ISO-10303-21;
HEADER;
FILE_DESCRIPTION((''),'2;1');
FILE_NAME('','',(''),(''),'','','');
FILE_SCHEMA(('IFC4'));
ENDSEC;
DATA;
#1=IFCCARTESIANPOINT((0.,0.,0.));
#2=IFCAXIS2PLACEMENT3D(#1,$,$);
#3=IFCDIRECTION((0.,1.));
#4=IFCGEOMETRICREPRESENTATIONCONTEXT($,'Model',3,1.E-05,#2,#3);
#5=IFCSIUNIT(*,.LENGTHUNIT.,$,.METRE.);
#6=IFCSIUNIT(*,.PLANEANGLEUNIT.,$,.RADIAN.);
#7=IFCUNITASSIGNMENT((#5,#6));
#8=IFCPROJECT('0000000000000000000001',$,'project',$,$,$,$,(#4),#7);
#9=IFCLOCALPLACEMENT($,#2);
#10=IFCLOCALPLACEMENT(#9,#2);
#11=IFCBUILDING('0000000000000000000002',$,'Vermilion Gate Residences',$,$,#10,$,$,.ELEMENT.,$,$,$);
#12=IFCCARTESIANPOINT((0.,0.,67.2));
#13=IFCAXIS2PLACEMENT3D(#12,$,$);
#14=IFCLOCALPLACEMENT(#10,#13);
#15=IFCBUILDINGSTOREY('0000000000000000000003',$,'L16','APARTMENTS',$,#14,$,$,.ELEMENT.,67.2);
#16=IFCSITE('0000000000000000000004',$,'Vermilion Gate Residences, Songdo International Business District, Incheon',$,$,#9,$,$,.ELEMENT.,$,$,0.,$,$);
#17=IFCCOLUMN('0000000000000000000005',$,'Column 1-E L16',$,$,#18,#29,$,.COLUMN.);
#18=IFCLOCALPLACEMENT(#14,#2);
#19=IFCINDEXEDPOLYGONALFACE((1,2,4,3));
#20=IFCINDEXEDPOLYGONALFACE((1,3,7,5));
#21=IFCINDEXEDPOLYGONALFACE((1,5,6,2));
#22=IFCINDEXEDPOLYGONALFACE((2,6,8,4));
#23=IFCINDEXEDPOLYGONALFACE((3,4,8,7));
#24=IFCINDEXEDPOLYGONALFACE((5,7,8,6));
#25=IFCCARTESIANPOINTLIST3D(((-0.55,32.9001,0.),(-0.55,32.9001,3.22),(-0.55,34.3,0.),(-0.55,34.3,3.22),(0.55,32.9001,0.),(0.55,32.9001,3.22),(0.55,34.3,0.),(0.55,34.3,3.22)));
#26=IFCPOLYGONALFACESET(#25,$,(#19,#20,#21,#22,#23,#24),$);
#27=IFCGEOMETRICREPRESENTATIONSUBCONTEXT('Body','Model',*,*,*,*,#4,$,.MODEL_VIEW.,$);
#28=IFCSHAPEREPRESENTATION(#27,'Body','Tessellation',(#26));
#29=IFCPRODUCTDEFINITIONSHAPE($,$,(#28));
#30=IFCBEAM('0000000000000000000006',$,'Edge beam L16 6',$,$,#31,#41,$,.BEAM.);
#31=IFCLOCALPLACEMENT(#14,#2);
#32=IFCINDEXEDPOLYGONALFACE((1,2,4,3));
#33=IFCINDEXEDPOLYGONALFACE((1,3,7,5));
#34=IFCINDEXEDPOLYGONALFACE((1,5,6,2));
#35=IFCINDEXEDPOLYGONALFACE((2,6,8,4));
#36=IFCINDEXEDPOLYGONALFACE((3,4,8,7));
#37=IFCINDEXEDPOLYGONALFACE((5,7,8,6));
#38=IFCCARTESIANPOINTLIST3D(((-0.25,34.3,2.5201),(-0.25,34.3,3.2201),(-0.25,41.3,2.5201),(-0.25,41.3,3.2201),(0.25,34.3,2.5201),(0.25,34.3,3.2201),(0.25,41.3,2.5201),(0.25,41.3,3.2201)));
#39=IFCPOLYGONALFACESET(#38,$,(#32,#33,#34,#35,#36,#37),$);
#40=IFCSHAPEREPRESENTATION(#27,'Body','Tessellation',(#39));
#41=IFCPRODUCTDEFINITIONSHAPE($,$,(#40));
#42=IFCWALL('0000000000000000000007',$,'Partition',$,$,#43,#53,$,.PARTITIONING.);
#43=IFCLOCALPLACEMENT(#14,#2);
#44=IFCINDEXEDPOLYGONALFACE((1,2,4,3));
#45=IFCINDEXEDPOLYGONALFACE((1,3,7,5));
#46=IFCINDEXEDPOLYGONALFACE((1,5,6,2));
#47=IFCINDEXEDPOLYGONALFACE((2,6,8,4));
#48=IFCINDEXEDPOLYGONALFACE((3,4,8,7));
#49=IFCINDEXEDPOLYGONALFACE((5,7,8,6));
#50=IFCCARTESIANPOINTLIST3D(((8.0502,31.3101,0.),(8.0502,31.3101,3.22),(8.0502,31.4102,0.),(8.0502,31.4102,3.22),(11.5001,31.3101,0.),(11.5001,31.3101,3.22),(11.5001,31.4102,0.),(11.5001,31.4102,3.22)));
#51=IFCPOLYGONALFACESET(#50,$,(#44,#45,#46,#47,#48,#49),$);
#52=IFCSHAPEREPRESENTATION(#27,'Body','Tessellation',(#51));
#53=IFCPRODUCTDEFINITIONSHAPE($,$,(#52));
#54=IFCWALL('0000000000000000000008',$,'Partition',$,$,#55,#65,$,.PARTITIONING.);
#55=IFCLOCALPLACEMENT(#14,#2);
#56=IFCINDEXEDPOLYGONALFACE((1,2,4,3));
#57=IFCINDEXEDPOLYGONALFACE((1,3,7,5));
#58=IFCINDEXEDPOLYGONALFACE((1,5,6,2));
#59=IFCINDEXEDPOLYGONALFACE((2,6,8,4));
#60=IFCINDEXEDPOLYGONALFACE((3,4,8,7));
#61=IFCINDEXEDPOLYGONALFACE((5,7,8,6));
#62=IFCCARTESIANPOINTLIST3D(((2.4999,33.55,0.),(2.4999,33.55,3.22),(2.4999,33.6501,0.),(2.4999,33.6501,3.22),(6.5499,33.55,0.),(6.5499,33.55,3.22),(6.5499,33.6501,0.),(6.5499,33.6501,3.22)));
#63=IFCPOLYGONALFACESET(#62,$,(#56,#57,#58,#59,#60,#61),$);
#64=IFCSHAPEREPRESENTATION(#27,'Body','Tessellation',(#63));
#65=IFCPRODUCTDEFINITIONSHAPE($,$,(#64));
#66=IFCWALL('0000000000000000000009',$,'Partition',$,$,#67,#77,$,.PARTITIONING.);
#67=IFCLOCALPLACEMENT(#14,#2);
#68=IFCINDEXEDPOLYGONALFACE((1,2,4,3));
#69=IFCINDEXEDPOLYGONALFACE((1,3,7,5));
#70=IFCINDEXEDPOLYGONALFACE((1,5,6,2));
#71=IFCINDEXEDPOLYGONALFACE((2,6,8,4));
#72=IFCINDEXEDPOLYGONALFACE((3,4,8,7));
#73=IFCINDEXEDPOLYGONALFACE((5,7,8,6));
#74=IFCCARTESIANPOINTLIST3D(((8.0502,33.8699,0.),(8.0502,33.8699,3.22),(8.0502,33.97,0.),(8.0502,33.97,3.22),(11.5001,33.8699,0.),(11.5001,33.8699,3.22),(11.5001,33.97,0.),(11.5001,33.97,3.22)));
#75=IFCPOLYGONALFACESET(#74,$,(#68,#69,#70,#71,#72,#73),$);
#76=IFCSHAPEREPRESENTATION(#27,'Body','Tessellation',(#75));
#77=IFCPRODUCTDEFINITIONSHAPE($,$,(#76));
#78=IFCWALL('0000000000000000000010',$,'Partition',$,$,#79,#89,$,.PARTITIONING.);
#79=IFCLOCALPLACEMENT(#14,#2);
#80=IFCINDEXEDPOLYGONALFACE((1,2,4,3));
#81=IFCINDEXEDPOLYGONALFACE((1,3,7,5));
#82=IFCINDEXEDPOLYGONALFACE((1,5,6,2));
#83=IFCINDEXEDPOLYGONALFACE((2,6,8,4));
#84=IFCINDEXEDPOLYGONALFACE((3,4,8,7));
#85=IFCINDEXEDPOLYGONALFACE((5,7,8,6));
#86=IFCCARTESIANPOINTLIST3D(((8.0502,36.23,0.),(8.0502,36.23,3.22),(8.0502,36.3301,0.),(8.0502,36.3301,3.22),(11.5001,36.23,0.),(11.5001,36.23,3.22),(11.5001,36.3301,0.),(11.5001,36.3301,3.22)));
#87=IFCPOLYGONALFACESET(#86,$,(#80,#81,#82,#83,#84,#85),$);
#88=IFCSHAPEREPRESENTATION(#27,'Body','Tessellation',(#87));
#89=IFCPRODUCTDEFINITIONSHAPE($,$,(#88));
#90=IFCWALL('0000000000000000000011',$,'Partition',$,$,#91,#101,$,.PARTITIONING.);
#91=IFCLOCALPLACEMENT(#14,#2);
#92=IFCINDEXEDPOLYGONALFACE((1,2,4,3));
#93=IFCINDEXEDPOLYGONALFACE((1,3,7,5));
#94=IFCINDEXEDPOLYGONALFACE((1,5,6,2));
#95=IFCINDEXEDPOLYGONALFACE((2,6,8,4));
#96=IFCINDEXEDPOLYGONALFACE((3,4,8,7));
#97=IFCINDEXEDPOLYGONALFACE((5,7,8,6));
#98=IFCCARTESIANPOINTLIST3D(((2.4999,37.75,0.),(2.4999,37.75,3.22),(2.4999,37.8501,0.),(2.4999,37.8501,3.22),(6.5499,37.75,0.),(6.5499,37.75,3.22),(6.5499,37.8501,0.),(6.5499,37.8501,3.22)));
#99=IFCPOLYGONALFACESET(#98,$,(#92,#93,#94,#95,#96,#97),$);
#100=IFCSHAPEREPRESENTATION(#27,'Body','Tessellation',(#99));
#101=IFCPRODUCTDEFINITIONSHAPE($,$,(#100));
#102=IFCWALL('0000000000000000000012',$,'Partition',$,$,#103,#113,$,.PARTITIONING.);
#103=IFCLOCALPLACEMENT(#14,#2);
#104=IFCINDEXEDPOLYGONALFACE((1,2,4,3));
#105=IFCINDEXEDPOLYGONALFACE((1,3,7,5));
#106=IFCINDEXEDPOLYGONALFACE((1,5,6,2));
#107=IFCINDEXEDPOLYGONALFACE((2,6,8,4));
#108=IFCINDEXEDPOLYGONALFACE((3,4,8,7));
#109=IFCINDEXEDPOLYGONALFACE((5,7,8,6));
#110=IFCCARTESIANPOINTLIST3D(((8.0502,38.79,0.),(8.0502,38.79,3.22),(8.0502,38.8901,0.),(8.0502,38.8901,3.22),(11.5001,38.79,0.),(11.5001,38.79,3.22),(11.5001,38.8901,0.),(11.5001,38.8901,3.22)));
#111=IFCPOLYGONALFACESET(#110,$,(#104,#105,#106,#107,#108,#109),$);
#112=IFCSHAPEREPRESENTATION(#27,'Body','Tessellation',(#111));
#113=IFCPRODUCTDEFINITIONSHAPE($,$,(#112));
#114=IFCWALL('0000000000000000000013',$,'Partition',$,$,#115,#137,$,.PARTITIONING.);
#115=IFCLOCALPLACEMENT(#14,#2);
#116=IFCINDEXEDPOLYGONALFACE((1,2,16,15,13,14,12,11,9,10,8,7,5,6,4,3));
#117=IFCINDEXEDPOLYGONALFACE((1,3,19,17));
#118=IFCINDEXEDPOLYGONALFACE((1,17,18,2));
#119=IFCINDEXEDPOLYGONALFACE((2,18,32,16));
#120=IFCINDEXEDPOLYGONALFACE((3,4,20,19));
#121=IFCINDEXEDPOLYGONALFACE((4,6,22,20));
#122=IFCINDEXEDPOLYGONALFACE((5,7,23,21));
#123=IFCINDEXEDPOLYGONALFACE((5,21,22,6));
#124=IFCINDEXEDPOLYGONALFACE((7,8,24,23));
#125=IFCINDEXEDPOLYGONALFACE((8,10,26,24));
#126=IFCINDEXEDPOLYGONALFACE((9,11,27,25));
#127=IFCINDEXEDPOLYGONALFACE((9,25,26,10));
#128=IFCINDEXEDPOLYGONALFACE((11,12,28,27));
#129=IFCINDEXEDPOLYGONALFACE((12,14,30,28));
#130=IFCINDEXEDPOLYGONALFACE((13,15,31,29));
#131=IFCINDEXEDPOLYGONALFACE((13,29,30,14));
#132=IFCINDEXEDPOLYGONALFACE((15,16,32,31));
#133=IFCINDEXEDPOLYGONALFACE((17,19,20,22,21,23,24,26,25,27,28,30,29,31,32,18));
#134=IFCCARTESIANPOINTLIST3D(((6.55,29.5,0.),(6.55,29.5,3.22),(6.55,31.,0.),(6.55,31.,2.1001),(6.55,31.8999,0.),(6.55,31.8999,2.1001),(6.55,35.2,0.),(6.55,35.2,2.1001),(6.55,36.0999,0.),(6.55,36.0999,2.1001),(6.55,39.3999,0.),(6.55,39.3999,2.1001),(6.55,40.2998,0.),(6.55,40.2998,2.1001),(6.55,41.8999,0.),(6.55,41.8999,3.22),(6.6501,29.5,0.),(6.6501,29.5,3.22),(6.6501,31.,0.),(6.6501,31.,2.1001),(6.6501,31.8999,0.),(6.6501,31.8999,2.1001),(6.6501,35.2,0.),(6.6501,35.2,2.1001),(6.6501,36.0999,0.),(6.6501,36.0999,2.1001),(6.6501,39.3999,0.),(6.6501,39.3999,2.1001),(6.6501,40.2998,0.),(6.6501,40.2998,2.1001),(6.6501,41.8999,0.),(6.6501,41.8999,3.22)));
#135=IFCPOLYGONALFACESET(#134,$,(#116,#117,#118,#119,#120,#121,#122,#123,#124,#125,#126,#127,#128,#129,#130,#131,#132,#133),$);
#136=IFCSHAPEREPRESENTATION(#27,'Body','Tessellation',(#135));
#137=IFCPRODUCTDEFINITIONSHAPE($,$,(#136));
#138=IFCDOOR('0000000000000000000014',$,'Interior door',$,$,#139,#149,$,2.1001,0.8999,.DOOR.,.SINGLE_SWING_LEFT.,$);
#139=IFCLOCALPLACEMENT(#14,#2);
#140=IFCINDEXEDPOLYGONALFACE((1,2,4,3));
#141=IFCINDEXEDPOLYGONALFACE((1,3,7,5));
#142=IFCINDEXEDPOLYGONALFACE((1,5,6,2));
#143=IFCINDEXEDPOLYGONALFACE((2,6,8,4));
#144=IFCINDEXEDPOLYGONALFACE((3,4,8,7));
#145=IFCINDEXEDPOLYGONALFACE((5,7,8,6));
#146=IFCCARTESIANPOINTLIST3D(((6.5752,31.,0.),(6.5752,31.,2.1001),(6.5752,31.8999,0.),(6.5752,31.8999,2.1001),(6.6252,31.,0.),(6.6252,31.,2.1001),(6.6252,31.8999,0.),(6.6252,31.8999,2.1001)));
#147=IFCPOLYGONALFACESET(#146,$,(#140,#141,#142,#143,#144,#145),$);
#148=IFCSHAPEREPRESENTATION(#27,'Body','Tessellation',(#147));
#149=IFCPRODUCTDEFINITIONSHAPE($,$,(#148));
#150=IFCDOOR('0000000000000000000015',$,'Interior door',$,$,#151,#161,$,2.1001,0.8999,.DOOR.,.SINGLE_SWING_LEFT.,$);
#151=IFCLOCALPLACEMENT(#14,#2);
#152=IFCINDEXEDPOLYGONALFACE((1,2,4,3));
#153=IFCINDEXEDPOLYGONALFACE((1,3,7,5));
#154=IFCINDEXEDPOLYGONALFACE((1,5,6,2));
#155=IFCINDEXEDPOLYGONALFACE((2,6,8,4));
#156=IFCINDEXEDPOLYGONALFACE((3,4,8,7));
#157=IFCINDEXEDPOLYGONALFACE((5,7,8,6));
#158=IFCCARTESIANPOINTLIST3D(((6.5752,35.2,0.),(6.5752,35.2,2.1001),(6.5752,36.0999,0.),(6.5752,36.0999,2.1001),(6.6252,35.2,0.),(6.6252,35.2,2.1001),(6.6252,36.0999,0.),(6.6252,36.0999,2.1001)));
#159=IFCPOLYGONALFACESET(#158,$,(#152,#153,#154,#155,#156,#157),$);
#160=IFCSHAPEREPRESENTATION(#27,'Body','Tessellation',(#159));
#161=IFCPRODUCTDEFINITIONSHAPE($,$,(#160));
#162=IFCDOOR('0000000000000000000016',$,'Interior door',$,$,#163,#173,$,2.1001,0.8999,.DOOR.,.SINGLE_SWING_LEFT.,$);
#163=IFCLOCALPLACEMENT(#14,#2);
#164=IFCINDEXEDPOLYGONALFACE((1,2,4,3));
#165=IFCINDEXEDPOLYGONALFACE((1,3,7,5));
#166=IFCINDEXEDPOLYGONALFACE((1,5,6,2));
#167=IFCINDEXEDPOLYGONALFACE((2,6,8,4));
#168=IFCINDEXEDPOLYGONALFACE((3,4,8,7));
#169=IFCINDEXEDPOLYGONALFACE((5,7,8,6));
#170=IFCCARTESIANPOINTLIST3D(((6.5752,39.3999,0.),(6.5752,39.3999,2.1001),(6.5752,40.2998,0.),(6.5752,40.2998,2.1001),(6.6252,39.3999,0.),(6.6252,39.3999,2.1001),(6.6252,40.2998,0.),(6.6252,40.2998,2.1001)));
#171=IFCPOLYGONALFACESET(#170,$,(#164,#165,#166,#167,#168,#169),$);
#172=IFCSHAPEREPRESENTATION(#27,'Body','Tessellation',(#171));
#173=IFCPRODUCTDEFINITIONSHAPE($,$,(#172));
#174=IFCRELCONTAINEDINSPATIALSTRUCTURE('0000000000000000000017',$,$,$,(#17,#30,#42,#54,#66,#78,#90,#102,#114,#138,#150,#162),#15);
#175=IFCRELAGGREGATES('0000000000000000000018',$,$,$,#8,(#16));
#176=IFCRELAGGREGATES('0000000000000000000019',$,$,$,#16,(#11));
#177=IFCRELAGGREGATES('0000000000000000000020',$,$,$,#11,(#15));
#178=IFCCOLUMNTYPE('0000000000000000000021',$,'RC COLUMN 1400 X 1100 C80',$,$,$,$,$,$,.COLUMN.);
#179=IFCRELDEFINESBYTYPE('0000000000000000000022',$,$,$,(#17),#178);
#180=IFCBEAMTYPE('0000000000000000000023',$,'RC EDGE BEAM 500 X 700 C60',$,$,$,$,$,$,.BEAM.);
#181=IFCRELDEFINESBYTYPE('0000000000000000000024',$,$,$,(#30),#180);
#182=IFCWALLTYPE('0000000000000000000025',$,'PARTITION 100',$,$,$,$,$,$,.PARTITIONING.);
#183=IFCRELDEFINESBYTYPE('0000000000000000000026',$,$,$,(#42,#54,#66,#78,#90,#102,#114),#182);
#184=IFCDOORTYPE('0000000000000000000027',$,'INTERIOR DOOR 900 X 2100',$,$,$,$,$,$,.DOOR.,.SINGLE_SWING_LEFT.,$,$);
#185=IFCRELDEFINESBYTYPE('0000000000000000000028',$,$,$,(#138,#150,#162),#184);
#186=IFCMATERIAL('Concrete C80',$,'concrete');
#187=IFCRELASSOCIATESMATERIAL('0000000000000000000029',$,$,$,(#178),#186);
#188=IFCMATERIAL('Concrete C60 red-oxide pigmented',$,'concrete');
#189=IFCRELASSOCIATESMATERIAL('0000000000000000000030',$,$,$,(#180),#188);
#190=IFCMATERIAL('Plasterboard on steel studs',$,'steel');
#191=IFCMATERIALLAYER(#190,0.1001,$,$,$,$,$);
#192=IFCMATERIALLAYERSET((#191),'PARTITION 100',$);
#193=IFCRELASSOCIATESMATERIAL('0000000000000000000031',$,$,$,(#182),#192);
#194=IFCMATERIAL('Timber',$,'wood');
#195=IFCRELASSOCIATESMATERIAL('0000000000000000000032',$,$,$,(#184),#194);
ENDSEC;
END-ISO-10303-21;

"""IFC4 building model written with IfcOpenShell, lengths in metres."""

from ifc_helpers import new_model, si_unit, direction, frame, frame_2d, origin, origin_2d, place, context, subcontext, project, spatial, rectangle, extrude, material, layer, layer_set, material_profile, profile_set, type_object, element, fill, save


model = new_model("IFC4")

# Units and contexts
model_context = context("Model", 3, precision=1e-05, world=origin(), true_north=direction((0.0, 1.0)))
body_context = subcontext(model_context, "Body", "Model", "MODEL_VIEW")
ifc_project = project(units=[si_unit("LENGTHUNIT", "METRE"), si_unit("PLANEANGLEUNIT", "RADIAN")], contexts=[model_context])

# Site, building, storey
site_placement = place(None, origin())
site = spatial("IfcSite", under=ifc_project, at=site_placement, Name="Vermilion Gate Residences, Songdo International Business District, Incheon", CompositionType="ELEMENT", RefElevation=0.0)
building_placement = place(site_placement, origin())
building = spatial("IfcBuilding", under=site, at=building_placement, Name="Vermilion Gate Residences", CompositionType="ELEMENT")
storey_placement = place(building_placement, frame((0.0, 0.0, 67.2)))
storey = spatial("IfcBuildingStorey", under=building, at=storey_placement, Name="L16", Description="APARTMENTS", CompositionType="ELEMENT", Elevation=67.2)

# Column
ifc_material_1 = material(Name="Concrete C80", Category="concrete")
ifc_material_profile_1 = material_profile(ifc_material_1, rectangle(XDim=1.3999, YDim=1.1001, at=origin_2d()), Name="RC-1400x1100")
ifc_profile_set_1 = profile_set([ifc_material_profile_1], Name="Concrete C80")
column_type = type_object("IfcColumnType", Name="RC COLUMN 1400 X 1100 C80", PredefinedType="COLUMN", material=ifc_profile_set_1)
column_placement = place(storey_placement, frame((0.0, 33.6001, 0.0), z_axis=(0.0, 0.0, 1.0), x_axis=(0.0, 1.0, 0.0)))
element("IfcColumn", 1, at=column_placement, inside=storey, type_object=column_type, Name="Column 1-E L16", PredefinedType="COLUMN", context=body_context, shape_type="SweptSolid", body=[
    extrude(rectangle(XDim=1.3999, YDim=1.1001, at=origin_2d()), origin(), (0.0, 0.0, 1.0), 3.22),
])

# Beam
ifc_material_2 = material(Name="Concrete C60 red-oxide pigmented", Category="concrete")
ifc_material_profile_2 = material_profile(ifc_material_2, rectangle(XDim=0.5, YDim=0.7, at=origin_2d()), Name="RC-500x700")
ifc_profile_set_2 = profile_set([ifc_material_profile_2], Name="Concrete C60 red-oxide pigmented")
beam_type = type_object("IfcBeamType", Name="RC EDGE BEAM 500 X 700 C60", PredefinedType="BEAM", material=ifc_profile_set_2)
beam_placement = place(storey_placement, frame((0.0, 34.3, 2.8701), z_axis=(0.0, 1.0, 0.0), x_axis=(-1.0, 0.0, 0.0)))
element("IfcBeam", 2, at=beam_placement, inside=storey, type_object=beam_type, Name="Edge beam L16 6", PredefinedType="BEAM", context=body_context, shape_type="SweptSolid", body=[
    extrude(rectangle(XDim=0.5, YDim=0.7, at=origin_2d()), origin(), (0.0, 0.0, 1.0), 7.0),
])

# Walls
ifc_material_3 = material(Name="Plasterboard on steel studs", Category="steel")
ifc_layer = layer(ifc_material_3, 0.1001)
ifc_layer_set = layer_set([ifc_layer], Name="PARTITION 100")
wall_type = type_object("IfcWallType", Name="PARTITION 100", PredefinedType="PARTITIONING", material=ifc_layer_set)
wall_1_placement = place(storey_placement, frame((8.05, 31.3601, 0.0), z_axis=(0.0, 0.0, 1.0), x_axis=(1.0, 0.0, 0.0)))
element("IfcWall", 3, at=wall_1_placement, inside=storey, type_object=wall_type, Name="Partition", PredefinedType="PARTITIONING", context=body_context, shape_type="SweptSolid", body=[
    extrude(rectangle(XDim=3.45, YDim=0.1001, at=frame_2d((1.7251, 0.0))), origin(), (0.0, 0.0, 1.0), 3.22),
])
wall_2_placement = place(storey_placement, frame((2.5, 33.6001, 0.0), z_axis=(0.0, 0.0, 1.0), x_axis=(1.0, 0.0, 0.0)))
element("IfcWall", 4, at=wall_2_placement, inside=storey, type_object=wall_type, Name="Partition", PredefinedType="PARTITIONING", context=body_context, shape_type="SweptSolid", body=[
    extrude(rectangle(XDim=4.05, YDim=0.1001, at=frame_2d((2.0249, 0.0))), origin(), (0.0, 0.0, 1.0), 3.22),
])
for number, where, z_axis, x_axis, name in (
    (5, (8.05, 33.9199, 0.0), (0.0, 0.0, 1.0), (1.0, 0.0, 0.0), "Partition"),
    (6, (8.05, 36.28, 0.0), (0.0, 0.0, 1.0), (1.0, 0.0, 0.0), "Partition"),
):
    element("IfcWall", number, at=place(storey_placement, frame(where, z_axis=z_axis, x_axis=x_axis)), inside=storey, type_object=wall_type, Name=name, PredefinedType="PARTITIONING", context=body_context, shape_type="SweptSolid", body=[
        extrude(rectangle(XDim=3.45, YDim=0.1001, at=frame_2d((1.7251, 0.0))), origin(), (0.0, 0.0, 1.0), 3.22),
    ])
wall_3_placement = place(storey_placement, frame((2.5, 37.8, 0.0), z_axis=(0.0, 0.0, 1.0), x_axis=(1.0, 0.0, 0.0)))
element("IfcWall", 7, at=wall_3_placement, inside=storey, type_object=wall_type, Name="Partition", PredefinedType="PARTITIONING", context=body_context, shape_type="SweptSolid", body=[
    extrude(rectangle(XDim=4.05, YDim=0.1001, at=frame_2d((2.0249, 0.0))), origin(), (0.0, 0.0, 1.0), 3.22),
])
wall_4_placement = place(storey_placement, frame((8.05, 38.8401, 0.0), z_axis=(0.0, 0.0, 1.0), x_axis=(1.0, 0.0, 0.0)))
element("IfcWall", 8, at=wall_4_placement, inside=storey, type_object=wall_type, Name="Partition", PredefinedType="PARTITIONING", context=body_context, shape_type="SweptSolid", body=[
    extrude(rectangle(XDim=3.45, YDim=0.1001, at=frame_2d((1.7251, 0.0))), origin(), (0.0, 0.0, 1.0), 3.22),
])

# Wall, openings, doors
wall_5_placement = place(storey_placement, frame((6.6001, 29.5, 0.0), z_axis=(0.0, 0.0, 1.0), x_axis=(0.0, 1.0, 0.0)))
wall_5 = element("IfcWall", 9, at=wall_5_placement, inside=storey, type_object=wall_type, Name="Partition", PredefinedType="PARTITIONING", context=body_context, shape_type="SweptSolid", body=[
    extrude(rectangle(XDim=12.3999, YDim=0.1001, at=frame_2d((6.2, 0.0))), origin(), (0.0, 0.0, 1.0), 3.22),
])
opening_1_placement = place(wall_5_placement, frame((1.5, 0.0, 0.0)))
opening_1 = element("IfcOpeningElement", 10, at=opening_1_placement, cuts=wall_5, PredefinedType="OPENING", context=body_context, shape_type="SweptSolid", body=[
    extrude(rectangle(XDim=0.8999, YDim=2.1001, at=frame_2d((0.45, 1.05))), frame((0.0, 0.0601, 0.0), z_axis=(0.0, -1.0, 0.0), x_axis=(1.0, 0.0, 0.0)), (0.0, 0.0, 1.0), 0.1201),
])
opening_2_placement = place(wall_5_placement, frame((5.7, 0.0, 0.0)))
opening_2 = element("IfcOpeningElement", 11, at=opening_2_placement, cuts=wall_5, PredefinedType="OPENING", context=body_context, shape_type="SweptSolid", body=[
    extrude(rectangle(XDim=0.8999, YDim=2.1001, at=frame_2d((0.45, 1.05))), frame((0.0, 0.0601, 0.0), z_axis=(0.0, -1.0, 0.0), x_axis=(1.0, 0.0, 0.0)), (0.0, 0.0, 1.0), 0.1201),
])
opening_3_placement = place(wall_5_placement, frame((9.8999, 0.0, 0.0)))
opening_3 = element("IfcOpeningElement", 12, at=opening_3_placement, cuts=wall_5, PredefinedType="OPENING", context=body_context, shape_type="SweptSolid", body=[
    extrude(rectangle(XDim=0.8999, YDim=2.1001, at=frame_2d((0.45, 1.05))), frame((0.0, 0.0601, 0.0), z_axis=(0.0, -1.0, 0.0), x_axis=(1.0, 0.0, 0.0)), (0.0, 0.0, 1.0), 0.1201),
])
ifc_material_4 = material(Name="Timber", Category="wood")
door_type = type_object("IfcDoorType", Name="INTERIOR DOOR 900 X 2100", OperationType="SINGLE_SWING_LEFT", PredefinedType="DOOR", material=ifc_material_4)
door_1_placement = place(opening_1_placement, origin())
door_1 = element("IfcDoor", 13, at=door_1_placement, inside=storey, type_object=door_type, Name="Interior door", OperationType="SINGLE_SWING_LEFT", OverallHeight=2.1001, OverallWidth=0.8999, PredefinedType="DOOR", context=body_context, shape_type="SweptSolid", body=[
    extrude(rectangle(XDim=0.8999, YDim=2.1001, at=frame_2d((0.45, 1.05))), frame((0.0, 0.0249, 0.0), z_axis=(0.0, -1.0, 0.0), x_axis=(1.0, 0.0, 0.0)), (0.0, 0.0, 1.0), 0.05),
])
fill(opening_1, door_1)
door_2_placement = place(opening_2_placement, origin())
door_2 = element("IfcDoor", 14, at=door_2_placement, inside=storey, type_object=door_type, Name="Interior door", OperationType="SINGLE_SWING_LEFT", OverallHeight=2.1001, OverallWidth=0.8999, PredefinedType="DOOR", context=body_context, shape_type="SweptSolid", body=[
    extrude(rectangle(XDim=0.8999, YDim=2.1001, at=frame_2d((0.45, 1.05))), frame((0.0, 0.0249, 0.0), z_axis=(0.0, -1.0, 0.0), x_axis=(1.0, 0.0, 0.0)), (0.0, 0.0, 1.0), 0.05),
])
fill(opening_2, door_2)
door_3_placement = place(opening_3_placement, origin())
door_3 = element("IfcDoor", 15, at=door_3_placement, inside=storey, type_object=door_type, Name="Interior door", OperationType="SINGLE_SWING_LEFT", OverallHeight=2.1001, OverallWidth=0.8999, PredefinedType="DOOR", context=body_context, shape_type="SweptSolid", body=[
    extrude(rectangle(XDim=0.8999, YDim=2.1001, at=frame_2d((0.45, 1.05))), frame((0.0, 0.0249, 0.0), z_axis=(0.0, -1.0, 0.0), x_axis=(1.0, 0.0, 0.0)), (0.0, 0.0, 1.0), 0.05),
])
fill(opening_3, door_3)

save(model, "model.ifc")
